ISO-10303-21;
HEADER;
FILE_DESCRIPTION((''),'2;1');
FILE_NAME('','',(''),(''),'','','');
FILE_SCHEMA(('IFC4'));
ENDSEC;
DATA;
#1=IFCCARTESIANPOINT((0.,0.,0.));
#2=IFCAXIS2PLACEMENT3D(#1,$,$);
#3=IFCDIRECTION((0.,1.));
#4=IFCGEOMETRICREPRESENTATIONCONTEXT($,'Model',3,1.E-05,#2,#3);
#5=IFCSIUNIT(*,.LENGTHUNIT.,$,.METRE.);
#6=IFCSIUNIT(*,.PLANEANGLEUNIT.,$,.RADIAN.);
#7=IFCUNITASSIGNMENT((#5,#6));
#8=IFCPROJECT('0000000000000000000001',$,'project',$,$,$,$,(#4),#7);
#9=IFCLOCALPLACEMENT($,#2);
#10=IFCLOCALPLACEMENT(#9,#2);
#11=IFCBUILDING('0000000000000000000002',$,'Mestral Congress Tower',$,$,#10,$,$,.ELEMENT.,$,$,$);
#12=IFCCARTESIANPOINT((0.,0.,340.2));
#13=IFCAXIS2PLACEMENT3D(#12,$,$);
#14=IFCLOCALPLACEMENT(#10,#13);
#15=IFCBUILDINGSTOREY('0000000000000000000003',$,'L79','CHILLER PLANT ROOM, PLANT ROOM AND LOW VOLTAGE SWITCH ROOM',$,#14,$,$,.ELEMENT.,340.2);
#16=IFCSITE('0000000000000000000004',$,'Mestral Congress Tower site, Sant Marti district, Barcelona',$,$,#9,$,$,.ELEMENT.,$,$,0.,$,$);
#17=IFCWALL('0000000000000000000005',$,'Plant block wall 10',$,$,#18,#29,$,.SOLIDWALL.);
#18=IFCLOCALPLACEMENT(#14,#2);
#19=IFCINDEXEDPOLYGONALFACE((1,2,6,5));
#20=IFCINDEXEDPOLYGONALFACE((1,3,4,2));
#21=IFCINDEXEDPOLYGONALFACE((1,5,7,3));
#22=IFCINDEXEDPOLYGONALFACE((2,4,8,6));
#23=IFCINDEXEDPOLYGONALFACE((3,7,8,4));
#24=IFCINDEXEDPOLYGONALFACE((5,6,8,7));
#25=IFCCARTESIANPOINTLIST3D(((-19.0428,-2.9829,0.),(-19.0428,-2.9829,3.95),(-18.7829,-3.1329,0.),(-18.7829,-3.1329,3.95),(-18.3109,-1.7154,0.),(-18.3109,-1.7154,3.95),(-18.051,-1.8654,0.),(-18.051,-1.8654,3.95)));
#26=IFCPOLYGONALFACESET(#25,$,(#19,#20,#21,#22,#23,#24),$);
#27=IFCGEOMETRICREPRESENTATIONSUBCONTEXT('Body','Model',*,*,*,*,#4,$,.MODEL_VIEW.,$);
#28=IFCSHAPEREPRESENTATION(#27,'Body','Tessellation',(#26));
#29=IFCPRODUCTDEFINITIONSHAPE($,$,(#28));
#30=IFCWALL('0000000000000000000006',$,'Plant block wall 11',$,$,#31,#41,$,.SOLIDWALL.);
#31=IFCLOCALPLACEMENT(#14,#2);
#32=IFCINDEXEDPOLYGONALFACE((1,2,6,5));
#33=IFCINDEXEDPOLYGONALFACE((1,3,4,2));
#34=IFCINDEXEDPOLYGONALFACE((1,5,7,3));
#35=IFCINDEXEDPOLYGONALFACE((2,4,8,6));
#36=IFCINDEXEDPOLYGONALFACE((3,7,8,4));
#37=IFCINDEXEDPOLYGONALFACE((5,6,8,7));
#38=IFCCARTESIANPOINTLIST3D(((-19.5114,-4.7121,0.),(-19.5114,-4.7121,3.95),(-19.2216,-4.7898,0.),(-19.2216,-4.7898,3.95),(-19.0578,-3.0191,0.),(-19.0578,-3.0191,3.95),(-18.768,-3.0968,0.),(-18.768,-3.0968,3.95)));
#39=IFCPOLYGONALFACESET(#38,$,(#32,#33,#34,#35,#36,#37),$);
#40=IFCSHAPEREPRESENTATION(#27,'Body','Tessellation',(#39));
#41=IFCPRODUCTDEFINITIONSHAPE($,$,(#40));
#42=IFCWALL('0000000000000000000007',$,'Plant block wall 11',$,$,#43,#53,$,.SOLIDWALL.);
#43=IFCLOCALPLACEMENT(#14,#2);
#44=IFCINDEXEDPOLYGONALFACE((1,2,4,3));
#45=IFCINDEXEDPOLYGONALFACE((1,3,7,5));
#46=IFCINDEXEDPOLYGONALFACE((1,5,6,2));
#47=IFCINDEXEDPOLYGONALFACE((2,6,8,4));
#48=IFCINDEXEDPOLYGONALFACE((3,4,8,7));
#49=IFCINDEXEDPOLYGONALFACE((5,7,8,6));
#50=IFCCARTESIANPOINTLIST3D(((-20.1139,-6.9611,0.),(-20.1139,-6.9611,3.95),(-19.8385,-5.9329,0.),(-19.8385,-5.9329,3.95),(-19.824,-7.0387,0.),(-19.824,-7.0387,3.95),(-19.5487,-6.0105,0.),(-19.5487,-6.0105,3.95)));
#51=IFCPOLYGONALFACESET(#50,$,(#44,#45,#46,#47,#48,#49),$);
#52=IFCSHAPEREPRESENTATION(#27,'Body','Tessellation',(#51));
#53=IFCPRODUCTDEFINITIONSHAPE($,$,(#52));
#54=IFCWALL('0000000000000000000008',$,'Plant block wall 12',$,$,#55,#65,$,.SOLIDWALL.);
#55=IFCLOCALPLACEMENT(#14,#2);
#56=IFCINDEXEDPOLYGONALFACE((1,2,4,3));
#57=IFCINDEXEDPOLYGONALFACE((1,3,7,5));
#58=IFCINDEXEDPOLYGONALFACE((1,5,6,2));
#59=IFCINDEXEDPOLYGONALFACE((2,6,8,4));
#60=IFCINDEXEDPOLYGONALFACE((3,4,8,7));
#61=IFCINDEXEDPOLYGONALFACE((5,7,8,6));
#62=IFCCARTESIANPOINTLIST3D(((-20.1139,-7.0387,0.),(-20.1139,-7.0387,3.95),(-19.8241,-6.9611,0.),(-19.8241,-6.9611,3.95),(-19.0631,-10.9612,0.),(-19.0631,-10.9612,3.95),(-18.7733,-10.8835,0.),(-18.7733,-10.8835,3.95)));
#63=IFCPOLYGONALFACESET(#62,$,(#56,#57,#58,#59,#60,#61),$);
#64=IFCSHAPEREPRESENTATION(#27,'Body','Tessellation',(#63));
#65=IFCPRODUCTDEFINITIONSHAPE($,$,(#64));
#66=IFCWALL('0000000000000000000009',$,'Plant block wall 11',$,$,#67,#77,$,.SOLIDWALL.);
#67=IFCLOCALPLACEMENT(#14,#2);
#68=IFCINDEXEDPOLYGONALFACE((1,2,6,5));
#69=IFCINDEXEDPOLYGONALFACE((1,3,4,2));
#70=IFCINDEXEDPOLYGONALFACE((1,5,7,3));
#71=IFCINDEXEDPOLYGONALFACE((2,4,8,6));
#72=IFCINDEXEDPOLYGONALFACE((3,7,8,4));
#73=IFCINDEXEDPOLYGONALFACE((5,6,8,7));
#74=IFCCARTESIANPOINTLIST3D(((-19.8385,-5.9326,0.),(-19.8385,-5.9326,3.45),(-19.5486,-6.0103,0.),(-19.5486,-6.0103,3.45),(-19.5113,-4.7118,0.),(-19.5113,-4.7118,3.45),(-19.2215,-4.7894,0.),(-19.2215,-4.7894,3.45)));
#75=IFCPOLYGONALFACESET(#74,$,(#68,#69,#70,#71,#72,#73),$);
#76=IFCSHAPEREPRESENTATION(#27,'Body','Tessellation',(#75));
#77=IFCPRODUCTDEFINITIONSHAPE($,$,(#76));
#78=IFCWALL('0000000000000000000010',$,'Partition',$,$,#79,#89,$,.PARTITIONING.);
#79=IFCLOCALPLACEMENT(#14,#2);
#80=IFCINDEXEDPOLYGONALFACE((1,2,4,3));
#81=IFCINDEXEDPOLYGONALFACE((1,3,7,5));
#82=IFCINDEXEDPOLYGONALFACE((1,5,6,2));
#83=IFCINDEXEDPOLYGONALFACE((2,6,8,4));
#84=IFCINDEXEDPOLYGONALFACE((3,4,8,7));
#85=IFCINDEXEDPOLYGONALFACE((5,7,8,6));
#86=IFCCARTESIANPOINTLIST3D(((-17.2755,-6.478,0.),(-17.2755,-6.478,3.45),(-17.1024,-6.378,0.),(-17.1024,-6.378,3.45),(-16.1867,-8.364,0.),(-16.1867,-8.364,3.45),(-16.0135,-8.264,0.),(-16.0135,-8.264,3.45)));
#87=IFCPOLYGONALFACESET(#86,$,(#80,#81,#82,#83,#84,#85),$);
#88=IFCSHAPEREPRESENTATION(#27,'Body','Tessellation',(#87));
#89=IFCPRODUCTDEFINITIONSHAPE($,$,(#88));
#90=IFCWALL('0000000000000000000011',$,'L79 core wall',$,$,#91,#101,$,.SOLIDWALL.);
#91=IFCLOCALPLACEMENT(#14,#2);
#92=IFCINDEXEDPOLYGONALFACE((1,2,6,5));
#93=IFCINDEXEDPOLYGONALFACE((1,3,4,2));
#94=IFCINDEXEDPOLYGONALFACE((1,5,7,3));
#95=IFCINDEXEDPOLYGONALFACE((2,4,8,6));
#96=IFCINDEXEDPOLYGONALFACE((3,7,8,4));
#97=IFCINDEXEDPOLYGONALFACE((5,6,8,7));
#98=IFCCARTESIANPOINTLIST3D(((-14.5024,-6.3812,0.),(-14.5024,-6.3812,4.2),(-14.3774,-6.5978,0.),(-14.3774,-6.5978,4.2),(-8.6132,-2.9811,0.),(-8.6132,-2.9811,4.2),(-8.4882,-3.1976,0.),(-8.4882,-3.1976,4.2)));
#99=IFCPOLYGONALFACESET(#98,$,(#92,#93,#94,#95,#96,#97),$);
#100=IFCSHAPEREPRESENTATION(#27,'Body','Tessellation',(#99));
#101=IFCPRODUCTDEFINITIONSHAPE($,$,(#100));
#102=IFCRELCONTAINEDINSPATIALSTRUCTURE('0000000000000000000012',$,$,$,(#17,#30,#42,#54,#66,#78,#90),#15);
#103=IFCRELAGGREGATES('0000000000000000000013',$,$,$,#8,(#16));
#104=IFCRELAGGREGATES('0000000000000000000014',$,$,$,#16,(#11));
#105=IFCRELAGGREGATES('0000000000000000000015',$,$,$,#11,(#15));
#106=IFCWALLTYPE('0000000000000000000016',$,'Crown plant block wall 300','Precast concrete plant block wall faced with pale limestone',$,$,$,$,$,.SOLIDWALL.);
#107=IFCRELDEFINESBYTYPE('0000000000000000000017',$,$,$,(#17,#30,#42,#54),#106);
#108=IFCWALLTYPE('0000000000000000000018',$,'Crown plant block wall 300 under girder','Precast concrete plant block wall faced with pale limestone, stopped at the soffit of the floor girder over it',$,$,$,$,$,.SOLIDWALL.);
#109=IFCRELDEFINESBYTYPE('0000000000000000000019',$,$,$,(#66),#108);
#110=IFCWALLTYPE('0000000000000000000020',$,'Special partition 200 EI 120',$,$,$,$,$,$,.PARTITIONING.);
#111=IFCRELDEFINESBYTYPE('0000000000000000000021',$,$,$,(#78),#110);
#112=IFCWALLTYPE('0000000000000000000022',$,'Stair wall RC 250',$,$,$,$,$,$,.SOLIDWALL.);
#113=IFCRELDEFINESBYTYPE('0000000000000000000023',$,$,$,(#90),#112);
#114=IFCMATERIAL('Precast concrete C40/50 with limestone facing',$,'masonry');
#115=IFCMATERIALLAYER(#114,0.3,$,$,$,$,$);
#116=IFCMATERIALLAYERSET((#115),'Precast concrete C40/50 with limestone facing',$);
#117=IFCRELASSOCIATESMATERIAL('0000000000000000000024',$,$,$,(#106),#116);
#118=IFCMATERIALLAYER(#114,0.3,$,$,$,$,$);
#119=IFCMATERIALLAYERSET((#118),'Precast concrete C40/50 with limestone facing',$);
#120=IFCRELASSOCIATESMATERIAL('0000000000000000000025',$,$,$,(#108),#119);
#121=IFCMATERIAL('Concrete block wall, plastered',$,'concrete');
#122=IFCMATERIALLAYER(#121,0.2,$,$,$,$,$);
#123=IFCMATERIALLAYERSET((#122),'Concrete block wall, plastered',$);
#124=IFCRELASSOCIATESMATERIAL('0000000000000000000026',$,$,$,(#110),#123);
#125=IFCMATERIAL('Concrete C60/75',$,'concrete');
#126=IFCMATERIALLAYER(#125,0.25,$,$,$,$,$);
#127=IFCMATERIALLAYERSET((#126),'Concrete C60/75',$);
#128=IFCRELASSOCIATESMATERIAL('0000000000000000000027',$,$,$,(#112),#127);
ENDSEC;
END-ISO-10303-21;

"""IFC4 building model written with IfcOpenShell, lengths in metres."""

from ifc_helpers import new_model, si_unit, direction, frame, frame_2d, origin, place, context, subcontext, project, spatial, rectangle, extrude, material, layer, layer_set, type_object, element, save


model = new_model("IFC4")

# Units and contexts
model_context = context("Model", 3, precision=1e-05, world=origin(), true_north=direction((0.0, 1.0)))
body_context = subcontext(model_context, "Body", "Model", "MODEL_VIEW")
ifc_project = project(units=[si_unit("LENGTHUNIT", "METRE"), si_unit("PLANEANGLEUNIT", "RADIAN")], contexts=[model_context])

# Site, building, storey
site_placement = place(None, origin())
site = spatial("IfcSite", under=ifc_project, at=site_placement, Name="Mestral Congress Tower site, Sant Marti district, Barcelona", CompositionType="ELEMENT", RefElevation=0.0)
building_placement = place(site_placement, origin())
building = spatial("IfcBuilding", under=site, at=building_placement, Name="Mestral Congress Tower", CompositionType="ELEMENT")
storey_placement = place(building_placement, frame((0.0, 0.0, 340.2)))
storey = spatial("IfcBuildingStorey", under=building, at=storey_placement, Name="L79", Description="CHILLER PLANT ROOM, PLANT ROOM AND LOW VOLTAGE SWITCH ROOM", CompositionType="ELEMENT", Elevation=340.2)

# Shared definitions
ifc_material_1 = material(Name="Concrete C60/75", Category="concrete")

# Walls
ifc_material_2 = material(Name="Precast concrete C40/50 with limestone facing", Category="masonry")
ifc_layer_1 = layer(ifc_material_2, 0.3)
ifc_layer_set_1 = layer_set([ifc_layer_1], Name="Precast concrete C40/50 with limestone facing")
wall_type_1 = type_object("IfcWallType", Name="Crown plant block wall 300", Description="Precast concrete plant block wall faced with pale limestone", PredefinedType="SOLIDWALL", material=ifc_layer_set_1)
wall_1_placement = place(storey_placement, frame((-18.1809, -1.7903, 0.0), z_axis=(0.0, 0.0, 1.0), x_axis=(-0.50005, -0.865997, 0.0)))
element("IfcWall", 1, at=wall_1_placement, inside=storey, type_object=wall_type_1, Name="Plant block wall 10", PredefinedType="SOLIDWALL", context=body_context, shape_type="SweptSolid", body=[
    extrude(rectangle(XDim=1.4636, YDim=0.3, at=frame_2d((0.7319, 0.0))), origin(), (0.0, 0.0, 1.0), 3.95),
])
wall_2_placement = place(storey_placement, frame((-18.9128, -3.0579, 0.0), z_axis=(0.0, 0.0, 1.0), x_axis=(-0.258824, -0.965924, 0.0)))
element("IfcWall", 2, at=wall_2_placement, inside=storey, type_object=wall_type_1, Name="Plant block wall 11", PredefinedType="SOLIDWALL", context=body_context, shape_type="SweptSolid", body=[
    extrude(rectangle(XDim=1.7527, YDim=0.3, at=frame_2d((0.8765, 0.0))), origin(), (0.0, 0.0, 1.0), 3.95),
])
wall_3_placement = place(storey_placement, frame((-19.6936, -5.9717, 0.0), z_axis=(0.0, 0.0, 1.0), x_axis=(-0.25869, -0.96596, 0.0)))
element("IfcWall", 3, at=wall_3_placement, inside=storey, type_object=wall_type_1, Name="Plant block wall 11", PredefinedType="SOLIDWALL", context=body_context, shape_type="SweptSolid", body=[
    extrude(rectangle(XDim=1.0645, YDim=0.3, at=frame_2d((0.5322, 0.0))), origin(), (0.0, 0.0, 1.0), 3.95),
])
wall_4_placement = place(storey_placement, frame((-19.969, -7.0, 0.0), z_axis=(0.0, 0.0, 1.0), x_axis=(0.25877, -0.965939, 0.0)))
element("IfcWall", 4, at=wall_4_placement, inside=storey, type_object=wall_type_1, Name="Plant block wall 12", PredefinedType="SOLIDWALL", context=body_context, shape_type="SweptSolid", body=[
    extrude(rectangle(XDim=4.0608, YDim=0.3, at=frame_2d((2.0303, 0.0))), origin(), (0.0, 0.0, 1.0), 3.95),
])
ifc_layer_2 = layer(ifc_material_2, 0.3)
ifc_layer_set_2 = layer_set([ifc_layer_2], Name="Precast concrete C40/50 with limestone facing")
wall_type_2 = type_object("IfcWallType", Name="Crown plant block wall 300 under girder", Description="Precast concrete plant block wall faced with pale limestone, stopped at the soffit of the floor girder over it", PredefinedType="SOLIDWALL", material=ifc_layer_set_2)
wall_5_placement = place(storey_placement, frame((-19.3665, -4.7507, 0.0), z_axis=(0.0, 0.0, 1.0), x_axis=(-0.258817, -0.965926, 0.0)))
element("IfcWall", 5, at=wall_5_placement, inside=storey, type_object=wall_type_2, Name="Plant block wall 11", PredefinedType="SOLIDWALL", context=body_context, shape_type="SweptSolid", body=[
    extrude(rectangle(XDim=1.2639, YDim=0.3, at=frame_2d((0.6318, 0.0))), origin(), (0.0, 0.0, 1.0), 3.45),
])
ifc_material_3 = material(Name="Concrete block wall, plastered", Category="concrete")
ifc_layer_3 = layer(ifc_material_3, 0.2)
ifc_layer_set_3 = layer_set([ifc_layer_3], Name="Concrete block wall, plastered")
wall_type_3 = type_object("IfcWallType", Name="Special partition 200 EI 120", PredefinedType="PARTITIONING", material=ifc_layer_set_3)
wall_6_placement = place(storey_placement, frame((-16.1001, -8.314, 0.0), z_axis=(0.0, 0.0, 1.0), x_axis=(-0.499997, 0.866027, 0.0)))
element("IfcWall", 6, at=wall_6_placement, inside=storey, type_object=wall_type_3, Name="Partition", PredefinedType="PARTITIONING", context=body_context, shape_type="SweptSolid", body=[
    extrude(rectangle(XDim=2.1777, YDim=0.2, at=frame_2d((1.0889, 0.0))), origin(), (0.0, 0.0, 1.0), 3.45),
])
ifc_layer_4 = layer(ifc_material_1, 0.25)
ifc_layer_set_4 = layer_set([ifc_layer_4], Name="Concrete C60/75")
wall_type_4 = type_object("IfcWallType", Name="Stair wall RC 250", PredefinedType="SOLIDWALL", material=ifc_layer_set_4)
wall_7_placement = place(storey_placement, frame((-14.4399, -6.4895, 0.0), z_axis=(0.0, 0.0, 1.0), x_axis=(0.866023, 0.500004, 0.0)))
element("IfcWall", 7, at=wall_7_placement, inside=storey, type_object=wall_type_4, Name="L79 core wall", PredefinedType="SOLIDWALL", context=body_context, shape_type="SweptSolid", body=[
    extrude(rectangle(XDim=6.8003, YDim=0.25, at=frame_2d((3.4001, 0.0))), origin(), (0.0, 0.0, 1.0), 4.2),
])

save(model, "model.ifc")
